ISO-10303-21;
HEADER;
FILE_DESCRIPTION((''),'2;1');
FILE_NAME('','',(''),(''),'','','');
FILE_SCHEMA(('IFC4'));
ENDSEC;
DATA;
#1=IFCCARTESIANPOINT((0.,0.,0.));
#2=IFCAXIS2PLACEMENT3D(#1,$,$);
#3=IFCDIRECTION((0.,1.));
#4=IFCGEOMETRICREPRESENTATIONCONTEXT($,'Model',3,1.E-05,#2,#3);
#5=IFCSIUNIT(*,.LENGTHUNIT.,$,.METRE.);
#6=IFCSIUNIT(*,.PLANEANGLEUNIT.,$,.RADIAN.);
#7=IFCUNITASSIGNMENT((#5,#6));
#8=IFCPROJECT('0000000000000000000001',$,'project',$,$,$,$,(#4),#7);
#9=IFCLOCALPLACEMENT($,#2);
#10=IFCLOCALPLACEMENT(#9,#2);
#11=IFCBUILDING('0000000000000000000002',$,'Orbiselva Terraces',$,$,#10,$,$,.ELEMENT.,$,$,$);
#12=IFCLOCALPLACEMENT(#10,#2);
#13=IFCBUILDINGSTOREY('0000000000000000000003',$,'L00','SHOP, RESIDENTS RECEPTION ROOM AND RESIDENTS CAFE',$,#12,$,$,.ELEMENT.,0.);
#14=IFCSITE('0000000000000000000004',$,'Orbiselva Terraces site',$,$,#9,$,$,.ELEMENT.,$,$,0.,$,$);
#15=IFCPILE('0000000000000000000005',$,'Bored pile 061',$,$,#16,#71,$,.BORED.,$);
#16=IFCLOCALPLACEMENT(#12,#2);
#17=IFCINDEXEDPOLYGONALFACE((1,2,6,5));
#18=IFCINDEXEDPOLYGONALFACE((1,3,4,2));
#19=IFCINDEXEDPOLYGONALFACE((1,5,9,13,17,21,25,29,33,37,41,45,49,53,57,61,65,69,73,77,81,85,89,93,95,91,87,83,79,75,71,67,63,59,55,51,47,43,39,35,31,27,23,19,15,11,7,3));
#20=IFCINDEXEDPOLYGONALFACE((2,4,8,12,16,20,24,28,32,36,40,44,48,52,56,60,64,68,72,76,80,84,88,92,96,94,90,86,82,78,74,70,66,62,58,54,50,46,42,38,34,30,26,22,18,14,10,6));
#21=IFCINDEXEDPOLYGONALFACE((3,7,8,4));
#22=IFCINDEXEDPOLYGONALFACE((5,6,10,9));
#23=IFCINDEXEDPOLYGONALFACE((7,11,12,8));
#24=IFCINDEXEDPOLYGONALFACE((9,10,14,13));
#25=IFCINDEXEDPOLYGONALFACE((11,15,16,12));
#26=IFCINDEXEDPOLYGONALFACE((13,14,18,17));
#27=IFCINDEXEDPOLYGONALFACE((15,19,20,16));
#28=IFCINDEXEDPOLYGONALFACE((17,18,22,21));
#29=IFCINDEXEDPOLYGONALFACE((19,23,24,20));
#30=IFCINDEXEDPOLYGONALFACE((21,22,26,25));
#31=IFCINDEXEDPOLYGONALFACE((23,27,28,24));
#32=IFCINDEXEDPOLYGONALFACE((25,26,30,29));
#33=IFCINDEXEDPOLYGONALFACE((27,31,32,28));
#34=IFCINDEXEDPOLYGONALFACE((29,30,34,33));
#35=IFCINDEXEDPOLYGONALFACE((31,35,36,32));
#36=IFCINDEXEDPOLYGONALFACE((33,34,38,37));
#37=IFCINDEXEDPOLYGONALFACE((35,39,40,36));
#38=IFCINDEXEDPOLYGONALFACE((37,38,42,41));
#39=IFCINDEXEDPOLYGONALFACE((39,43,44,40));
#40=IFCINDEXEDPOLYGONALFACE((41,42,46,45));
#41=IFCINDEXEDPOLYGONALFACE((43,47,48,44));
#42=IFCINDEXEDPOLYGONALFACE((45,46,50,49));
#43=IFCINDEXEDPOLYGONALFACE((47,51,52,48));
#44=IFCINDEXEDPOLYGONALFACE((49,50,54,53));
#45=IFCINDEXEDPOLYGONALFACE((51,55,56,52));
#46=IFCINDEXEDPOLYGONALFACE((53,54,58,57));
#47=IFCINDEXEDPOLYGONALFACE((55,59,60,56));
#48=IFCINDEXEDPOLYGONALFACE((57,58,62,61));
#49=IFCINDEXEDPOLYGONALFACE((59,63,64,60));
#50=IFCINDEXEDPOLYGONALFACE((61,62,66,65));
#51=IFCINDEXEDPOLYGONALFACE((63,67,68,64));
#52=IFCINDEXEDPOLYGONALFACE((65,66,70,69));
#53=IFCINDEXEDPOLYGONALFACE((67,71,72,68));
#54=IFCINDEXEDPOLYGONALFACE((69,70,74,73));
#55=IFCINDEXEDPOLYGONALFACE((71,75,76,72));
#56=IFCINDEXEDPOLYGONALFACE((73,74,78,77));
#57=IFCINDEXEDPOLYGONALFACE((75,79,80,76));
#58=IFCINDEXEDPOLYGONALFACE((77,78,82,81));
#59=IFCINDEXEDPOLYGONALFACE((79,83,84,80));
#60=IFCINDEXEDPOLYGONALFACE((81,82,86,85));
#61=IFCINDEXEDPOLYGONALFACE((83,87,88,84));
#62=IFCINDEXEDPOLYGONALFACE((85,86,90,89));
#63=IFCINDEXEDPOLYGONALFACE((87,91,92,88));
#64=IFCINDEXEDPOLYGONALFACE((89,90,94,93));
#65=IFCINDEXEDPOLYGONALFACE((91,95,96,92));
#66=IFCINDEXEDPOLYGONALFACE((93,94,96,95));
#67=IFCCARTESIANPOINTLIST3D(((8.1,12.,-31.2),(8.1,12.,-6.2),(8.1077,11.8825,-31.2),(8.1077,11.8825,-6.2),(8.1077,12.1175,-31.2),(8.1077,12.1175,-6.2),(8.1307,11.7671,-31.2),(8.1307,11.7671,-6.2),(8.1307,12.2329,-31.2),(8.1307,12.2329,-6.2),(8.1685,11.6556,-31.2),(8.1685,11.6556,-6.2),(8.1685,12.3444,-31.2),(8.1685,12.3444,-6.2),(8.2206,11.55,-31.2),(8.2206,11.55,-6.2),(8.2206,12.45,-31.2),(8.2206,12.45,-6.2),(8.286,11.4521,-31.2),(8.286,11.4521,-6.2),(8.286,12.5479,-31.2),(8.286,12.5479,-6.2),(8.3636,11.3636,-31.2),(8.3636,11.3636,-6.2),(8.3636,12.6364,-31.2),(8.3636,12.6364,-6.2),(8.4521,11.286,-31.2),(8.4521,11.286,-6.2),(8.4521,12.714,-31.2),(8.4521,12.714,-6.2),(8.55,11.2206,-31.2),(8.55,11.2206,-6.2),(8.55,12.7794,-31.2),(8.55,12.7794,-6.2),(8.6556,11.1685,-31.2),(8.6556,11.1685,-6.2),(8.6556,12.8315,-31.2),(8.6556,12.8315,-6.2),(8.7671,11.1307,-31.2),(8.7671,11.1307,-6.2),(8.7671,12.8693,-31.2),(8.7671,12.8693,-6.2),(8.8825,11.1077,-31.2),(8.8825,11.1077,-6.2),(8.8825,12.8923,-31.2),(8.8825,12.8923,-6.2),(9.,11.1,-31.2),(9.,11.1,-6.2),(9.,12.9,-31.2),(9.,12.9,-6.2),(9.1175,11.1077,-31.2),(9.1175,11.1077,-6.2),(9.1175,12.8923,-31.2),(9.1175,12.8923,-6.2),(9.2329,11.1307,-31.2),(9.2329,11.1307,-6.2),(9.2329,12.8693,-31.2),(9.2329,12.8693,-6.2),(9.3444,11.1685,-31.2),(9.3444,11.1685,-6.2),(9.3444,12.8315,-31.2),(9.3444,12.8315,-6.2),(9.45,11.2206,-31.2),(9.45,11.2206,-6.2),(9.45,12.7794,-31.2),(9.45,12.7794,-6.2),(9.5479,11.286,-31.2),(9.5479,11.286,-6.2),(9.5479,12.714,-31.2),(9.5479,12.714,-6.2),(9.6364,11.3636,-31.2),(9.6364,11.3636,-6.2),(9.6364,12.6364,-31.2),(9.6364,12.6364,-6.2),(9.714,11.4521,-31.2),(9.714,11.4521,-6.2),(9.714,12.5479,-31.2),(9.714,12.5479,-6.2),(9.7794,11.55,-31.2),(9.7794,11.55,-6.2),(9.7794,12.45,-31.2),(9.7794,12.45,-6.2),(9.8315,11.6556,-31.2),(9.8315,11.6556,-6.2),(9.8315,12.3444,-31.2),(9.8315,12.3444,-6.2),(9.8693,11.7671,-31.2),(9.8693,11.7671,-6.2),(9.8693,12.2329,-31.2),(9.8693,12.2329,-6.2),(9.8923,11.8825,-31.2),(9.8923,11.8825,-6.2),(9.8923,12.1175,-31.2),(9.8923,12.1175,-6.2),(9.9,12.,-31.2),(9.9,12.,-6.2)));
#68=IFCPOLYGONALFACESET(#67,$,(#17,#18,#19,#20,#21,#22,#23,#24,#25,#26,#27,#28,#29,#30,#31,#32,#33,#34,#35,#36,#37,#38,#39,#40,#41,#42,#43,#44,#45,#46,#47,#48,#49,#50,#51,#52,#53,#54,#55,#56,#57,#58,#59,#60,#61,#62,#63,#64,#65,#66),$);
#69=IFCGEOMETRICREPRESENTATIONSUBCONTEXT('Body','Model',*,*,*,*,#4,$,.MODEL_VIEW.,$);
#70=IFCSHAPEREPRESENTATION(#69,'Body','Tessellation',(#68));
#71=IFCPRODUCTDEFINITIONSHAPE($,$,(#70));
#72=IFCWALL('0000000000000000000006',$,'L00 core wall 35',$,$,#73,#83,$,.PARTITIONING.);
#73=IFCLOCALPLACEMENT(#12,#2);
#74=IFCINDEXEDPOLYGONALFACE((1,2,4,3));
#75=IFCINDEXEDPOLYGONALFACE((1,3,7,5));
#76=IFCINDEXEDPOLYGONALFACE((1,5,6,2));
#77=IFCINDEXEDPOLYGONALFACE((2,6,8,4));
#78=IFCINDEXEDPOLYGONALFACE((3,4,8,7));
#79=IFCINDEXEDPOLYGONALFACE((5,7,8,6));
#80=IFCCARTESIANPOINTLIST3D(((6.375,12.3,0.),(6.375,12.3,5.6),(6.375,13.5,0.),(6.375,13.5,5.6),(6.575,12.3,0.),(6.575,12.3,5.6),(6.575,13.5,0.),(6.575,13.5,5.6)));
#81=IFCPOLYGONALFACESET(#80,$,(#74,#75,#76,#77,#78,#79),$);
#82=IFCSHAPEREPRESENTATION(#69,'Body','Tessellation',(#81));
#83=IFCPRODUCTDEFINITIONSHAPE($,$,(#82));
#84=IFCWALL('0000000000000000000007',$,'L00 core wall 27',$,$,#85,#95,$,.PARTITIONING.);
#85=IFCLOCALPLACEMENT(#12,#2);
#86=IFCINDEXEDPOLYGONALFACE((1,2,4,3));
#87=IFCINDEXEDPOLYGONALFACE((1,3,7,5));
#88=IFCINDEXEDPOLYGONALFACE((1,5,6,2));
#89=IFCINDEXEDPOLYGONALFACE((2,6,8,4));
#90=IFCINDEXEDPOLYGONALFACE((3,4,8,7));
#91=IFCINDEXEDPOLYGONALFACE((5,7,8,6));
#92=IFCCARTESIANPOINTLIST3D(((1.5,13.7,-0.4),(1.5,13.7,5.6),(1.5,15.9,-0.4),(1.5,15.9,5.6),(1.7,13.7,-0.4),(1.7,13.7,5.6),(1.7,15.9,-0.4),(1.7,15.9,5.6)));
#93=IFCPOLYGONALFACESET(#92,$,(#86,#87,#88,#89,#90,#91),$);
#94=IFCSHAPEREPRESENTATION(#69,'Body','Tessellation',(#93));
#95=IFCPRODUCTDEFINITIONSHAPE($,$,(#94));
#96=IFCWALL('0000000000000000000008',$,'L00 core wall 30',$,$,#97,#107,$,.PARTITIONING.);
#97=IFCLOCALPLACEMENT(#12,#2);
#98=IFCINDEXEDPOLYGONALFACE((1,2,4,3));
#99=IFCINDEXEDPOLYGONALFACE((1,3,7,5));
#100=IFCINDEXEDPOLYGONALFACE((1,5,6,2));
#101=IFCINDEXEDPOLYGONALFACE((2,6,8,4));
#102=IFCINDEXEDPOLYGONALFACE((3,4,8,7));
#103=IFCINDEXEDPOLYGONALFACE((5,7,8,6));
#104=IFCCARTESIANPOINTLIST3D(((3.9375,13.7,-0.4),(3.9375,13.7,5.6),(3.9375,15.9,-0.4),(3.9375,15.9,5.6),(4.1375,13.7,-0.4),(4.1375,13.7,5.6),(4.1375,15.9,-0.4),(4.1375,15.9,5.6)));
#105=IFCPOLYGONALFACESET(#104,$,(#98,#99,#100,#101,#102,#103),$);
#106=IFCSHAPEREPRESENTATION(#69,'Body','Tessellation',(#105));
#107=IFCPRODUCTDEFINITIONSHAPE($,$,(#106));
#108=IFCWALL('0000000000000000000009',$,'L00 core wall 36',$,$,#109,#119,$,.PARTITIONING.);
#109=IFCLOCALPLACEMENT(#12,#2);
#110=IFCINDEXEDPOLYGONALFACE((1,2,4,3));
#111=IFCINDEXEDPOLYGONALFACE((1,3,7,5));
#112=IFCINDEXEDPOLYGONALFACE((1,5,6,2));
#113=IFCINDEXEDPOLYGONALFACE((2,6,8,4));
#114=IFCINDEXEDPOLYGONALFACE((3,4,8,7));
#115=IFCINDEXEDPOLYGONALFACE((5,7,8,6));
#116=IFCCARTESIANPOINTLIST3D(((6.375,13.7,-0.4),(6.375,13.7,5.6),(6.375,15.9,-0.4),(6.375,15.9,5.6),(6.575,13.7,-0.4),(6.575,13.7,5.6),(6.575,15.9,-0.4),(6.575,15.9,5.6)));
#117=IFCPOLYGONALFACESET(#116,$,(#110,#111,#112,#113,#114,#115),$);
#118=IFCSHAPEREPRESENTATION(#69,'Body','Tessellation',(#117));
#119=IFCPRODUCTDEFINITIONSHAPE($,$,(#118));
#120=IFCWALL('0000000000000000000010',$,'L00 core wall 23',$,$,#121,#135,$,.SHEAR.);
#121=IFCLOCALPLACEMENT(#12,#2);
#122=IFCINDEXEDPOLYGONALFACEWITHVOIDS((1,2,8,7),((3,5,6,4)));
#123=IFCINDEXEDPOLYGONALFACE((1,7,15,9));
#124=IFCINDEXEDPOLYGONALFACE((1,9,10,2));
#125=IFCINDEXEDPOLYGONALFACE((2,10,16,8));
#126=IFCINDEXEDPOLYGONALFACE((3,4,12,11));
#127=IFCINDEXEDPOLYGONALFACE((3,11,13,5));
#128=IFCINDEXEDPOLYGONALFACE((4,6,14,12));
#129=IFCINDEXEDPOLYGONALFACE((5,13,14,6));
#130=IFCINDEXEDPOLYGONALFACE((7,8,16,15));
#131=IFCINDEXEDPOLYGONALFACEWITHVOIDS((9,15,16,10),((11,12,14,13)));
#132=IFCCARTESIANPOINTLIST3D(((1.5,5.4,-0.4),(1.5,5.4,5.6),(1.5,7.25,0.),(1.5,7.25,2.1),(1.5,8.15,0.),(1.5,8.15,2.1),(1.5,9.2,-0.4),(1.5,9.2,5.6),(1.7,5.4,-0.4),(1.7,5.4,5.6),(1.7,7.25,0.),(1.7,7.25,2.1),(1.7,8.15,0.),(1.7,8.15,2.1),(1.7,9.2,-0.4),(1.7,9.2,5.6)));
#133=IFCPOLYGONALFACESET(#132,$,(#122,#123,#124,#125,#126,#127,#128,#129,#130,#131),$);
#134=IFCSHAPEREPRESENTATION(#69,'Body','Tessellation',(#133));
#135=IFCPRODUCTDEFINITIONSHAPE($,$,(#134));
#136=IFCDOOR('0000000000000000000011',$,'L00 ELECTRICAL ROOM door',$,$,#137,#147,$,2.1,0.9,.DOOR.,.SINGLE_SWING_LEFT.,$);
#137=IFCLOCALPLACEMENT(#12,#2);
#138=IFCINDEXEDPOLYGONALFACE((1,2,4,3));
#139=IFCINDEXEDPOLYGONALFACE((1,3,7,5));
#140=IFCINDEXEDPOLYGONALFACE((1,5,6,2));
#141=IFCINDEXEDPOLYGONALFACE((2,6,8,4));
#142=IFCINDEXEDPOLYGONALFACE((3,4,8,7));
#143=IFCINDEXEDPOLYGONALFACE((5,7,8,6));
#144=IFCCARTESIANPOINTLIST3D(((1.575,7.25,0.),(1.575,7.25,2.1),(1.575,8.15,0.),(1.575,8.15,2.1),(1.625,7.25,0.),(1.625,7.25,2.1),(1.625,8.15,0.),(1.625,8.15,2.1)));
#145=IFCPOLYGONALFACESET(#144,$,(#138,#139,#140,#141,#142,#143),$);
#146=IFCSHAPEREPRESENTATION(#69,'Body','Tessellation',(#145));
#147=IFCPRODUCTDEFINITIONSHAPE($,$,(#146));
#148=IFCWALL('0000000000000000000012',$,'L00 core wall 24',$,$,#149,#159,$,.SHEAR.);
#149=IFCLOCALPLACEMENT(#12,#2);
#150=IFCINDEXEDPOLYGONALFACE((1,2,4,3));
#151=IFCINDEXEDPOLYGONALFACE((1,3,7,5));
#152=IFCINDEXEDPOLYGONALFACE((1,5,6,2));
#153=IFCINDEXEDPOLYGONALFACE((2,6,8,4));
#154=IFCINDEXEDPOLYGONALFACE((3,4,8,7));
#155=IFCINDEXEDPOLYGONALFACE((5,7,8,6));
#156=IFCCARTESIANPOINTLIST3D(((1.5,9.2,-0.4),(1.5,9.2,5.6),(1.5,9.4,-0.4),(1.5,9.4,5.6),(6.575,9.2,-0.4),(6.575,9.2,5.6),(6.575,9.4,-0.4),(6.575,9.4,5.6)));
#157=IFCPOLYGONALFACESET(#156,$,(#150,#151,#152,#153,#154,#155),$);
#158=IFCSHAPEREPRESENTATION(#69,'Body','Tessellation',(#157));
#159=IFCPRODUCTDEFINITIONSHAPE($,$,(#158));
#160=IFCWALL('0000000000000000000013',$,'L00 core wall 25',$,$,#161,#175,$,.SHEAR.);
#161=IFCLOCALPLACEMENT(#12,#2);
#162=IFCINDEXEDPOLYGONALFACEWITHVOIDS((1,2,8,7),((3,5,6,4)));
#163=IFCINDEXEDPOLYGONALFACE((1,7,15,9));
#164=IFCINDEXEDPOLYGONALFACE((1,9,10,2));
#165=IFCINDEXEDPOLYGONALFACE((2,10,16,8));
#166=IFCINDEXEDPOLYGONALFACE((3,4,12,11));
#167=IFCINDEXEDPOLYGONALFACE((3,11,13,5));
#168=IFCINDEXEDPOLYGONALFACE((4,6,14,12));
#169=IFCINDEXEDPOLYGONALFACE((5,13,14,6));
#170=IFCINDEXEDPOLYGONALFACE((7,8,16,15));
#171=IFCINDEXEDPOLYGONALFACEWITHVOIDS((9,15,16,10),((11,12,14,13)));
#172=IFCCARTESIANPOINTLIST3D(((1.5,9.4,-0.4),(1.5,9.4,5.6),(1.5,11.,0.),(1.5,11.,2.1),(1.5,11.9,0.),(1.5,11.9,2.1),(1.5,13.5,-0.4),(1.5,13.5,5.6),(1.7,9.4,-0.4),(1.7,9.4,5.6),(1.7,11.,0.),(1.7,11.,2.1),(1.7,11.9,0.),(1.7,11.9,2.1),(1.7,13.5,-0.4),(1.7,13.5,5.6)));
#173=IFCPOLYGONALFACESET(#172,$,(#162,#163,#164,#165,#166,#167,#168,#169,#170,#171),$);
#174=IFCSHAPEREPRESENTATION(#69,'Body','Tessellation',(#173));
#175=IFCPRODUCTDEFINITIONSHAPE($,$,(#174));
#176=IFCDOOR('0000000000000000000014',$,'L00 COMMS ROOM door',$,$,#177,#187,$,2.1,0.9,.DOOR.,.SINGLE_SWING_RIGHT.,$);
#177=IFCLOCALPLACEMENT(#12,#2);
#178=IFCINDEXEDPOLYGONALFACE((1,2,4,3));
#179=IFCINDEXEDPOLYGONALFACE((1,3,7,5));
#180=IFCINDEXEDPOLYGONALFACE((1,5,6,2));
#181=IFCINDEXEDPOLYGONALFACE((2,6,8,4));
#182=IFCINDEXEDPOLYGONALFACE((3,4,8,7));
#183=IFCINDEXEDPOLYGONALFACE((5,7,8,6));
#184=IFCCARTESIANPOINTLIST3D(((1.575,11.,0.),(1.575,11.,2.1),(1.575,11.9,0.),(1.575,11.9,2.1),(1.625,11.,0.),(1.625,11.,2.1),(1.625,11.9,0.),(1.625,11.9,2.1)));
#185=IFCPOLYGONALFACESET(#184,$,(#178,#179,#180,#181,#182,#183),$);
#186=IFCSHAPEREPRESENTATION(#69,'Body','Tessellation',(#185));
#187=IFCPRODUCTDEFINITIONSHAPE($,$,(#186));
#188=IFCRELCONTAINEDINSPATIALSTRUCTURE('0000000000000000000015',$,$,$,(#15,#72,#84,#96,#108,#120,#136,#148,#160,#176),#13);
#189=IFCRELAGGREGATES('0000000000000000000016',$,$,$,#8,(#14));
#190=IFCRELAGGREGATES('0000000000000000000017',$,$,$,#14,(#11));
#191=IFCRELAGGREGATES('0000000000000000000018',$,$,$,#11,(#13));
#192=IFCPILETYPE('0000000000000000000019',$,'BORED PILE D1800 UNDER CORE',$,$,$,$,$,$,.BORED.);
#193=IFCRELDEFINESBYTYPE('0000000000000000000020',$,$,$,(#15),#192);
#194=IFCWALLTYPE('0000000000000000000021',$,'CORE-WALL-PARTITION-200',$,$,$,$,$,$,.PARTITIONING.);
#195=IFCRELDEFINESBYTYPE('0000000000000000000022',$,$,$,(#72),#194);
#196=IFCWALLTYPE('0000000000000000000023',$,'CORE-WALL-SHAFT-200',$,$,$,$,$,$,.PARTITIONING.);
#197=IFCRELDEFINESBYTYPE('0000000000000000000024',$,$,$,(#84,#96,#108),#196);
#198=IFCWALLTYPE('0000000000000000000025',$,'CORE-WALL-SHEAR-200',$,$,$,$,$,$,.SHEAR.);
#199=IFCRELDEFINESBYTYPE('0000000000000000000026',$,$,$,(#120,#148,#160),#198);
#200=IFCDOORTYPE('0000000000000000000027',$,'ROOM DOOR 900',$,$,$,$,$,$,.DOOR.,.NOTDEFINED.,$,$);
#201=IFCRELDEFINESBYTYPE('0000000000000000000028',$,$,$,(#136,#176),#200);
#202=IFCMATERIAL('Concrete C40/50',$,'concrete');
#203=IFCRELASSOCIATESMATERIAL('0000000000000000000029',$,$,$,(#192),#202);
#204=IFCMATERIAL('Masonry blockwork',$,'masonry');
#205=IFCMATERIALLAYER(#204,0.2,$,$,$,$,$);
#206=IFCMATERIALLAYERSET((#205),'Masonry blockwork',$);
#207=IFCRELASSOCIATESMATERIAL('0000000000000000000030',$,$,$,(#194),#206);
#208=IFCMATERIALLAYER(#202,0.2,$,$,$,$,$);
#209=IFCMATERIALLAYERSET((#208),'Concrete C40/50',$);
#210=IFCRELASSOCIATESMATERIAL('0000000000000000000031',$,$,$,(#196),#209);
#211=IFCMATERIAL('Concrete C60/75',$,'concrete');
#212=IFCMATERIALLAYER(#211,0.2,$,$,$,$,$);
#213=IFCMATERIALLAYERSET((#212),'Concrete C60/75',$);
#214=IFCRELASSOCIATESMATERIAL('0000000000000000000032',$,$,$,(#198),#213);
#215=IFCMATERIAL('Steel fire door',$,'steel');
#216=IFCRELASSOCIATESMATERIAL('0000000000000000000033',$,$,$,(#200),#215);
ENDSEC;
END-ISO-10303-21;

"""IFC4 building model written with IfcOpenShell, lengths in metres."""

from ifc_helpers import new_model, si_unit, direction, frame, frame_2d, origin, origin_2d, place, context, subcontext, project, spatial, rectangle, circle, extrude, material, layer, layer_set, material_profile, profile_set, type_object, element, fill, save


model = new_model("IFC4")

# Units and contexts
model_context = context("Model", 3, precision=1e-05, world=origin(), true_north=direction((0.0, 1.0)))
body_context = subcontext(model_context, "Body", "Model", "MODEL_VIEW")
ifc_project = project(units=[si_unit("LENGTHUNIT", "METRE"), si_unit("PLANEANGLEUNIT", "RADIAN")], contexts=[model_context])

# Site, building, storey
site_placement = place(None, origin())
site = spatial("IfcSite", under=ifc_project, at=site_placement, Name="Orbiselva Terraces site", CompositionType="ELEMENT", RefElevation=0.0)
building_placement = place(site_placement, origin())
building = spatial("IfcBuilding", under=site, at=building_placement, Name="Orbiselva Terraces", CompositionType="ELEMENT")
storey_placement = place(building_placement, origin())
storey = spatial("IfcBuildingStorey", under=building, at=storey_placement, Name="L00", Description="SHOP, RESIDENTS RECEPTION ROOM AND RESIDENTS CAFE", CompositionType="ELEMENT", Elevation=0.0)

# Pile
ifc_material_1 = material(Name="Concrete C40/50", Category="concrete")
ifc_material_profile = material_profile(ifc_material_1, circle(Radius=0.9, at=origin_2d()), Name="D1800")
ifc_profile_set = profile_set([ifc_material_profile], Name="Concrete C40/50")
pile_type = type_object("IfcPileType", Name="BORED PILE D1800 UNDER CORE", PredefinedType="BORED", material=ifc_profile_set)
for number, where, z_axis, x_axis, name in (
    (1, (9.0, 12.0, -6.2), (0.0, 0.0, -1.0), (1.0, 0.0, 0.0), "Bored pile 061"),
):
    element("IfcPile", number, at=place(storey_placement, frame(where, z_axis=z_axis, x_axis=x_axis)), inside=storey, type_object=pile_type, Name=name, PredefinedType="BORED", context=body_context, shape_type="SweptSolid", body=[
        extrude(circle(Radius=0.9, at=origin_2d()), origin(), (0.0, 0.0, 1.0), 25.0),
    ])

# Walls
ifc_material_2 = material(Name="Masonry blockwork", Category="masonry")
ifc_layer_1 = layer(ifc_material_2, 0.2)
ifc_layer_set_1 = layer_set([ifc_layer_1], Name="Masonry blockwork")
wall_type_1 = type_object("IfcWallType", Name="CORE-WALL-PARTITION-200", PredefinedType="PARTITIONING", material=ifc_layer_set_1)
wall_1_placement = place(storey_placement, frame((6.475, 12.3, 0.0), z_axis=(0.0, 0.0, 1.0), x_axis=(0.0, 1.0, 0.0)))
element("IfcWall", 2, at=wall_1_placement, inside=storey, type_object=wall_type_1, Name="L00 core wall 35", PredefinedType="PARTITIONING", context=body_context, shape_type="SweptSolid", body=[
    extrude(rectangle(XDim=1.2, YDim=0.2, at=frame_2d((0.6, 0.0))), origin(), (0.0, 0.0, 1.0), 5.6),
])
ifc_layer_2 = layer(ifc_material_1, 0.2)
ifc_layer_set_2 = layer_set([ifc_layer_2], Name="Concrete C40/50")
wall_type_2 = type_object("IfcWallType", Name="CORE-WALL-SHAFT-200", PredefinedType="PARTITIONING", material=ifc_layer_set_2)
for number, where, z_axis, x_axis, name in (
    (3, (1.6, 13.7, -0.4), (0.0, 0.0, 1.0), (0.0, 1.0, 0.0), "L00 core wall 27"),
    (4, (4.0375, 13.7, -0.4), (0.0, 0.0, 1.0), (0.0, 1.0, 0.0), "L00 core wall 30"),
    (5, (6.475, 13.7, -0.4), (0.0, 0.0, 1.0), (0.0, 1.0, 0.0), "L00 core wall 36"),
):
    element("IfcWall", number, at=place(storey_placement, frame(where, z_axis=z_axis, x_axis=x_axis)), inside=storey, type_object=wall_type_2, Name=name, PredefinedType="PARTITIONING", context=body_context, shape_type="SweptSolid", body=[
        extrude(rectangle(XDim=2.2, YDim=0.2, at=frame_2d((1.1, 0.0))), origin(), (0.0, 0.0, 1.0), 6.0),
    ])

# Wall, opening, door
ifc_material_3 = material(Name="Concrete C60/75", Category="concrete")
ifc_layer_3 = layer(ifc_material_3, 0.2)
ifc_layer_set_3 = layer_set([ifc_layer_3], Name="Concrete C60/75")
wall_type_3 = type_object("IfcWallType", Name="CORE-WALL-SHEAR-200", PredefinedType="SHEAR", material=ifc_layer_set_3)
wall_2_placement = place(storey_placement, frame((1.6, 9.2, -0.4), z_axis=(0.0, 0.0, 1.0), x_axis=(0.0, -1.0, 0.0)))
wall_2 = element("IfcWall", 6, at=wall_2_placement, inside=storey, type_object=wall_type_3, Name="L00 core wall 23", PredefinedType="SHEAR", context=body_context, shape_type="SweptSolid", body=[
    extrude(rectangle(XDim=3.8, YDim=0.2, at=frame_2d((1.9, 0.0))), origin(), (0.0, 0.0, 1.0), 6.0),
])
opening_1_placement = place(wall_2_placement, frame((1.05, 0.0, 0.4)))
opening_1 = element("IfcOpeningElement", 7, at=opening_1_placement, cuts=wall_2, PredefinedType="OPENING", context=body_context, shape_type="SweptSolid", body=[
    extrude(rectangle(XDim=0.9, YDim=2.1, at=frame_2d((0.45, 1.05))), frame((0.0, 0.11, 0.0), z_axis=(0.0, -1.0, 0.0), x_axis=(1.0, 0.0, 0.0)), (0.0, 0.0, 1.0), 0.22),
])
ifc_material_4 = material(Name="Steel fire door", Category="steel")
door_type_1 = type_object("IfcDoorType", Name="ROOM DOOR 900", OperationType="NOTDEFINED", PredefinedType="DOOR", material=ifc_material_4)
door_1_placement = place(opening_1_placement, origin())
door_1 = element("IfcDoor", 8, at=door_1_placement, inside=storey, type_object=door_type_1, Name="L00 ELECTRICAL ROOM door", OperationType="SINGLE_SWING_LEFT", OverallHeight=2.1, OverallWidth=0.9, PredefinedType="DOOR", context=body_context, shape_type="SweptSolid", body=[
    extrude(rectangle(XDim=0.9, YDim=2.1, at=frame_2d((0.45, 1.05))), frame((0.0, 0.025, 0.0), z_axis=(0.0, -1.0, 0.0), x_axis=(1.0, 0.0, 0.0)), (0.0, 0.0, 1.0), 0.05),
])
fill(opening_1, door_1)

# Wall
wall_3_placement = place(storey_placement, frame((1.5, 9.3, -0.4), z_axis=(0.0, 0.0, 1.0), x_axis=(1.0, 0.0, 0.0)))
element("IfcWall", 9, at=wall_3_placement, inside=storey, type_object=wall_type_3, Name="L00 core wall 24", PredefinedType="SHEAR", context=body_context, shape_type="SweptSolid", body=[
    extrude(rectangle(XDim=5.075, YDim=0.2, at=frame_2d((2.5375, 0.0))), origin(), (0.0, 0.0, 1.0), 6.0),
])

# Wall, opening, door
wall_4_placement = place(storey_placement, frame((1.6, 13.5, -0.4), z_axis=(0.0, 0.0, 1.0), x_axis=(0.0, -1.0, 0.0)))
wall_4 = element("IfcWall", 10, at=wall_4_placement, inside=storey, type_object=wall_type_3, Name="L00 core wall 25", PredefinedType="SHEAR", context=body_context, shape_type="SweptSolid", body=[
    extrude(rectangle(XDim=4.1, YDim=0.2, at=frame_2d((2.05, 0.0))), origin(), (0.0, 0.0, 1.0), 6.0),
])
opening_2_placement = place(wall_4_placement, frame((1.6, 0.0, 0.4)))
opening_2 = element("IfcOpeningElement", 11, at=opening_2_placement, cuts=wall_4, PredefinedType="OPENING", context=body_context, shape_type="SweptSolid", body=[
    extrude(rectangle(XDim=0.9, YDim=2.1, at=frame_2d((0.45, 1.05))), frame((0.0, 0.11, 0.0), z_axis=(0.0, -1.0, 0.0), x_axis=(1.0, 0.0, 0.0)), (0.0, 0.0, 1.0), 0.22),
])
door_2_placement = place(opening_2_placement, origin())
door_2 = element("IfcDoor", 12, at=door_2_placement, inside=storey, type_object=door_type_1, Name="L00 COMMS ROOM door", OperationType="SINGLE_SWING_RIGHT", OverallHeight=2.1, OverallWidth=0.9, PredefinedType="DOOR", context=body_context, shape_type="SweptSolid", body=[
    extrude(rectangle(XDim=0.9, YDim=2.1, at=frame_2d((0.45, 1.05))), frame((0.0, 0.025, 0.0), z_axis=(0.0, -1.0, 0.0), x_axis=(1.0, 0.0, 0.0)), (0.0, 0.0, 1.0), 0.05),
])
fill(opening_2, door_2)

save(model, "model.ifc")
